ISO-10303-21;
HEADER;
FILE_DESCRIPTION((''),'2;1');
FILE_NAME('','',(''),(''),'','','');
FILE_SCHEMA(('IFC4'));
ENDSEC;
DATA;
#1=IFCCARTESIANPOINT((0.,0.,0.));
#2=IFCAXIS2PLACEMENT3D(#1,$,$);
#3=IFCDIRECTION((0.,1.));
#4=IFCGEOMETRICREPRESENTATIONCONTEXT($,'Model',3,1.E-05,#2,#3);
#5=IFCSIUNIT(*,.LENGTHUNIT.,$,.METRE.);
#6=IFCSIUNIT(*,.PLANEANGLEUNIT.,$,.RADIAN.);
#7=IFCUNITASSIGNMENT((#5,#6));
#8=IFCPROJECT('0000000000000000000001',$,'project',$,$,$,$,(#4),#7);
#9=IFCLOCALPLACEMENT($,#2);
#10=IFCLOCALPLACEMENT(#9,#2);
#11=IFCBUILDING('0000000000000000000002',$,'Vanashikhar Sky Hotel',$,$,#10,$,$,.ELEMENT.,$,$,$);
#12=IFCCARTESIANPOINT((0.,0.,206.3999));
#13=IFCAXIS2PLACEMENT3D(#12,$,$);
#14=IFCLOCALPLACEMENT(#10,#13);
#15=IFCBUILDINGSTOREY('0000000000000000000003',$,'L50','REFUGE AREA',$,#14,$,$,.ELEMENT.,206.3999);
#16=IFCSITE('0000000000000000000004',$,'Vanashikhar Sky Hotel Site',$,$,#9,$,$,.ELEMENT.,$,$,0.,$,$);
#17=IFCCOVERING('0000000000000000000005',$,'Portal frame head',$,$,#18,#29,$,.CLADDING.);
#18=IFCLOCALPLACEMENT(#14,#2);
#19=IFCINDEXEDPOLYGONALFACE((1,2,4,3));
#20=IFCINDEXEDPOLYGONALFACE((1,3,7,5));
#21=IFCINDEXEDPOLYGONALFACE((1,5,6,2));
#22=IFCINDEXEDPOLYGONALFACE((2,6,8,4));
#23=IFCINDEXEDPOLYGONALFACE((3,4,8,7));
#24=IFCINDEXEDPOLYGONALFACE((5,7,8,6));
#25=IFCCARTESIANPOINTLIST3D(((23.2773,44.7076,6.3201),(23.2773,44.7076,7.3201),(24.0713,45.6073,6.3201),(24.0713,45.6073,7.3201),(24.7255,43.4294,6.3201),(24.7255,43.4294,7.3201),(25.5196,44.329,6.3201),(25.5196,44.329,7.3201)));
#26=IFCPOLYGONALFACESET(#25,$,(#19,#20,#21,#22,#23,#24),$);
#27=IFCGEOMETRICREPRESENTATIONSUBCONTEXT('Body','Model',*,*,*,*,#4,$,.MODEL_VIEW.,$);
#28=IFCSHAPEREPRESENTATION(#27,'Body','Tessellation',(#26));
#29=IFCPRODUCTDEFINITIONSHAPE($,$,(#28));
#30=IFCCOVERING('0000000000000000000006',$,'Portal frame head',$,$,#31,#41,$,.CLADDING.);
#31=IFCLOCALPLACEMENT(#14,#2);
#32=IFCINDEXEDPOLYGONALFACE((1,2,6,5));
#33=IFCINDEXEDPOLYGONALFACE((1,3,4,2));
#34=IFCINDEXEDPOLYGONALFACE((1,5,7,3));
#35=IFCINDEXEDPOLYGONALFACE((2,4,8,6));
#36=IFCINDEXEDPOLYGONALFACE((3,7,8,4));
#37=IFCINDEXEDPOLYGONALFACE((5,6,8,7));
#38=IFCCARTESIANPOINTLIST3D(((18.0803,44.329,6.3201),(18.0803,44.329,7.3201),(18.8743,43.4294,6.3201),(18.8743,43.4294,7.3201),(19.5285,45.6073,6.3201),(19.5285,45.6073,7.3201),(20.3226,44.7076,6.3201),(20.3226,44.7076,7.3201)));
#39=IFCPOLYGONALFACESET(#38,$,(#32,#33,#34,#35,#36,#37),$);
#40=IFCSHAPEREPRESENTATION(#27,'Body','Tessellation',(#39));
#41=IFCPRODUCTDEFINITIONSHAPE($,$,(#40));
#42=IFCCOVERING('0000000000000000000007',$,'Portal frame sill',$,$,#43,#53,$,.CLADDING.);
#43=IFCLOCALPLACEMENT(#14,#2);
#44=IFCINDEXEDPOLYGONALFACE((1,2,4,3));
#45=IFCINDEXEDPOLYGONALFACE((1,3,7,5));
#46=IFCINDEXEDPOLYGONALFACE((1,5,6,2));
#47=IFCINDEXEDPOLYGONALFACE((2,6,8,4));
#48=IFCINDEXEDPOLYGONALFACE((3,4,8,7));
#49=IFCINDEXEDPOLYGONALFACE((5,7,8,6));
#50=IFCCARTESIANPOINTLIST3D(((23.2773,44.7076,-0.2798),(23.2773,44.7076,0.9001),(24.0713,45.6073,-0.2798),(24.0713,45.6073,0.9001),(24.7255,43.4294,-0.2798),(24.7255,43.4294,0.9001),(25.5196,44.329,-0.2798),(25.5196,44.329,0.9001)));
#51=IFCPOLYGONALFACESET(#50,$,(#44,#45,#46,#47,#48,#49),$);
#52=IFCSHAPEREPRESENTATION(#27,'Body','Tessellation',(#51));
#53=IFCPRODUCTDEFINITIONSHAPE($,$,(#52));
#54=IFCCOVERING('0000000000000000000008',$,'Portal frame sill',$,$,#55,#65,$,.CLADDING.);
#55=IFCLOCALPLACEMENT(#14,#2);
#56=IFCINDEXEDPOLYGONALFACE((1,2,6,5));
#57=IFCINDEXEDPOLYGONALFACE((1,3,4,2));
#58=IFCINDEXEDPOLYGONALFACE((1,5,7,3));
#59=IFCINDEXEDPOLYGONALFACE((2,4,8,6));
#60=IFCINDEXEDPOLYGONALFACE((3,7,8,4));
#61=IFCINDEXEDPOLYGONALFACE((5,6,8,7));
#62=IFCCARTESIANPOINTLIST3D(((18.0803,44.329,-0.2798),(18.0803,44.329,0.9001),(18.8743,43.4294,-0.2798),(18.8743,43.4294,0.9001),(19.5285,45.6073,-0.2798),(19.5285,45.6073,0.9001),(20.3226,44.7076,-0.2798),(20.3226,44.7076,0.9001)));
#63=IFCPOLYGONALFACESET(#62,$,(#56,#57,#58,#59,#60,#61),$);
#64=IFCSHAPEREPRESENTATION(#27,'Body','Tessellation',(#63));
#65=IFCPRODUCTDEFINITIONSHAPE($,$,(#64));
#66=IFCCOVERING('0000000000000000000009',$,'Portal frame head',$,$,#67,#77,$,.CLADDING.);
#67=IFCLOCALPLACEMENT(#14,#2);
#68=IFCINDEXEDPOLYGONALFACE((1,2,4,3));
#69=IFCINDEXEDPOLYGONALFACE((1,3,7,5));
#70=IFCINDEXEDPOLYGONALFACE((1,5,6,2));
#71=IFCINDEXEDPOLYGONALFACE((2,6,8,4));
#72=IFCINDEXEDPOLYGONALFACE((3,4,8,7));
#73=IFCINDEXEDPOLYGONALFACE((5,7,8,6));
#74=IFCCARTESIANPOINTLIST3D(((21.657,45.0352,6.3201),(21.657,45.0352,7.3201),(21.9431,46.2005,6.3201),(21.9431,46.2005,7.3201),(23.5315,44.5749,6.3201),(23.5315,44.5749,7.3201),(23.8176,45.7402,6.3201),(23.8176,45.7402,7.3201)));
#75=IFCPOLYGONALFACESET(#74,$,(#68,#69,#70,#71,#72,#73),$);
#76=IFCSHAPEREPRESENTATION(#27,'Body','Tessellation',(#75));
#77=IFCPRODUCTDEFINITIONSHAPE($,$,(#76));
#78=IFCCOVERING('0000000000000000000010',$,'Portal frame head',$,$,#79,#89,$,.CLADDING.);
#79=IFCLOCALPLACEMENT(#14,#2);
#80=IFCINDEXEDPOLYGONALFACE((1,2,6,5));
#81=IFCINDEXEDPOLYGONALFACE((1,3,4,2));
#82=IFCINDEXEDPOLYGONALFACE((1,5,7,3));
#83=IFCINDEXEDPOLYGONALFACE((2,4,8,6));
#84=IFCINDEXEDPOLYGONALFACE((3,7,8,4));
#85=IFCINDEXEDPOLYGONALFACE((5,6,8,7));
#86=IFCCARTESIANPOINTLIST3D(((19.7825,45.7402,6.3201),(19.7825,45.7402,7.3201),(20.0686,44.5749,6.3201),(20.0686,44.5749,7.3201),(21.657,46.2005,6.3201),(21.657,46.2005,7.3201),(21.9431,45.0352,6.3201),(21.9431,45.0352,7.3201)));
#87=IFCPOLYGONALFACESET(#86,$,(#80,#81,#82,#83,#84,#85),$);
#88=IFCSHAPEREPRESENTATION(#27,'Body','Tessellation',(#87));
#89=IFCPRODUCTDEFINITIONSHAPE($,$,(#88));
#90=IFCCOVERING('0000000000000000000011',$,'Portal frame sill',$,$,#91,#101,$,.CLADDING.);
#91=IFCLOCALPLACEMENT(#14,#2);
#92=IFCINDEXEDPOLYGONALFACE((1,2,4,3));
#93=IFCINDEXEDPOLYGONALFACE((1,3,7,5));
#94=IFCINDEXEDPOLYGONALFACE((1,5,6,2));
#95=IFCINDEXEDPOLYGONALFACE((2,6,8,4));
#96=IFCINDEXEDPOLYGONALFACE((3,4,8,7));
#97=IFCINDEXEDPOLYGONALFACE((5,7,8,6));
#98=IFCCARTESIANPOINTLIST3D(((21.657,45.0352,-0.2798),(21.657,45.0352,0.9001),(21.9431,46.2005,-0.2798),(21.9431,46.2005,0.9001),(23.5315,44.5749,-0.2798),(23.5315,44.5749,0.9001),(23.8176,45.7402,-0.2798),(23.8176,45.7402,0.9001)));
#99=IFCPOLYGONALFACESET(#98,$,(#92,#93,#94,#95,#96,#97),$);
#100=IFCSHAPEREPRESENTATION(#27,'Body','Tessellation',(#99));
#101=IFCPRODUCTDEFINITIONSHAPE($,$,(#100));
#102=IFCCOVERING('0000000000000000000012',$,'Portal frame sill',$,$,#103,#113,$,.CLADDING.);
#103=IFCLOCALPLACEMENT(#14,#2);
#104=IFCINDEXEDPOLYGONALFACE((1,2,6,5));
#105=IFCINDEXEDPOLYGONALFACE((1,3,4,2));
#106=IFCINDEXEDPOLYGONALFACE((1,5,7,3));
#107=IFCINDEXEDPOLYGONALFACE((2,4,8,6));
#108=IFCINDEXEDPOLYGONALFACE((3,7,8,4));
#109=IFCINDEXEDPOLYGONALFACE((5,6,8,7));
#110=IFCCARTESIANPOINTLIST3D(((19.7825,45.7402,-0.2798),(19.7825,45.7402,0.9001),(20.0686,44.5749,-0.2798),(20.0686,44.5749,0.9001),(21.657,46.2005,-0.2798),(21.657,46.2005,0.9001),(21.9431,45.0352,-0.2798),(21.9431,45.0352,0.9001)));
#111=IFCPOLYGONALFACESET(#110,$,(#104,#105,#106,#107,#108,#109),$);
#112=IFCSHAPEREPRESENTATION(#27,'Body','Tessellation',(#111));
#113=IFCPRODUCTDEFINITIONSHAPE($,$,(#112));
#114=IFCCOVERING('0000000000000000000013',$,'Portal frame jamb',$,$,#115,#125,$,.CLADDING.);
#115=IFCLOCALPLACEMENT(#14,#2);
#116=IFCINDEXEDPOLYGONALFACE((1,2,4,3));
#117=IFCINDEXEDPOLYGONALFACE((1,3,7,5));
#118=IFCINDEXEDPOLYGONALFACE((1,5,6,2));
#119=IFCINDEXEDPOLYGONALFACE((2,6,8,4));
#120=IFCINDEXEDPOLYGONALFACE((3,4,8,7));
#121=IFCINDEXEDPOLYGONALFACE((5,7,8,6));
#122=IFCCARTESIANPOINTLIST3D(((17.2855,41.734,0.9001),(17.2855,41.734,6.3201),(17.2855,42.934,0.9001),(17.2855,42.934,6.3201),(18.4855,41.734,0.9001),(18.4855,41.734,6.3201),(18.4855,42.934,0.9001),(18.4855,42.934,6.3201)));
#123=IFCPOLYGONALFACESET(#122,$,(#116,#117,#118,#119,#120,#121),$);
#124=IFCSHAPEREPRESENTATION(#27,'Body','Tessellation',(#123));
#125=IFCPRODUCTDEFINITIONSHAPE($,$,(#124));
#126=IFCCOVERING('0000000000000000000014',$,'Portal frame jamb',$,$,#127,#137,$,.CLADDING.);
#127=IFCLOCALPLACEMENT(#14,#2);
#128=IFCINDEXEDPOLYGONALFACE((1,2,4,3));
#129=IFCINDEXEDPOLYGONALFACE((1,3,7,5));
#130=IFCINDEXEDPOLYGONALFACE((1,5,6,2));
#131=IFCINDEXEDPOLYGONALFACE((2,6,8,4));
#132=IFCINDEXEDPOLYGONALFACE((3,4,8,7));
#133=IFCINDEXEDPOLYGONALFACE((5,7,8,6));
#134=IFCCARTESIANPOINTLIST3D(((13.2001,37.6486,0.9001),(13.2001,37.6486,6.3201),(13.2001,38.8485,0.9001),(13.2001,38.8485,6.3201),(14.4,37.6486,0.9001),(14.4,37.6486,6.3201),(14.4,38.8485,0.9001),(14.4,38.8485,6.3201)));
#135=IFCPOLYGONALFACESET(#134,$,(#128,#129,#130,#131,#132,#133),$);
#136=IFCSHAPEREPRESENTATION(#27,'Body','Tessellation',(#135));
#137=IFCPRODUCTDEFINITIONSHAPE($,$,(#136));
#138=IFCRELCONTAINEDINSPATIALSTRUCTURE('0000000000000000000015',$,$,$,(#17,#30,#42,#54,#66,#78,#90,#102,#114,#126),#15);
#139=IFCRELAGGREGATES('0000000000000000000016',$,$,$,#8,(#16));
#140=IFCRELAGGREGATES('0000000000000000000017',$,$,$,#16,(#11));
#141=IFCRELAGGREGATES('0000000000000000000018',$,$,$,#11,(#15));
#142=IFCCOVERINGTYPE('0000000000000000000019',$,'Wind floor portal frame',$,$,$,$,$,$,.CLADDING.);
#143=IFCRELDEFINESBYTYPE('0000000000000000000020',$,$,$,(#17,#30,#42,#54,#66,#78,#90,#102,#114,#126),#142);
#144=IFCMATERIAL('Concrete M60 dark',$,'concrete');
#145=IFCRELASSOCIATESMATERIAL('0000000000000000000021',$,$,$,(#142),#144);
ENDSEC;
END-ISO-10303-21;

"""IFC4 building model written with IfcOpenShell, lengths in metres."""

from ifc_helpers import new_model, si_unit, direction, frame, origin, origin_2d, place, context, subcontext, project, spatial, rectangle, extrude, source, transform, mapped, material, type_object, element, save


model = new_model("IFC4")

# Units and contexts
model_context = context("Model", 3, precision=1e-05, world=origin(), true_north=direction((0.0, 1.0)))
body_context = subcontext(model_context, "Body", "Model", "MODEL_VIEW")
ifc_project = project(units=[si_unit("LENGTHUNIT", "METRE"), si_unit("PLANEANGLEUNIT", "RADIAN")], contexts=[model_context])

# Site, building, storey
site_placement = place(None, origin())
site = spatial("IfcSite", under=ifc_project, at=site_placement, Name="Vanashikhar Sky Hotel Site", CompositionType="ELEMENT", RefElevation=0.0)
building_placement = place(site_placement, origin())
building = spatial("IfcBuilding", under=site, at=building_placement, Name="Vanashikhar Sky Hotel", CompositionType="ELEMENT")
storey_placement = place(building_placement, frame((0.0, 0.0, 206.3999)))
storey = spatial("IfcBuildingStorey", under=building, at=storey_placement, Name="L50", Description="REFUGE AREA", CompositionType="ELEMENT", Elevation=206.3999)

# Coverings
ifc_material_1 = material(Name="Concrete M60 dark", Category="concrete")
covering_type = type_object("IfcCoveringType", Name="Wind floor portal frame", PredefinedType="CLADDING", material=ifc_material_1)
shared_shape_1 = source(origin(), body_context, "Body", "SweptSolid", [
    extrude(rectangle(XDim=1.9316, YDim=1.2, at=origin_2d()), origin(), (0.0, 0.0, 1.0), 1.0),
])
for number, where, z_axis, x_axis, name in (
    (1, (24.3984, 44.5183, 6.3201), (0.0, 0.0, 1.0), (-0.749742, 0.661731, 0.0), "Portal frame head"),
    (2, (19.2014, 44.5183, 6.3201), (0.0, 0.0, 1.0), (-0.749742, -0.661731, 0.0), "Portal frame head"),
):
    element("IfcCovering", number, at=place(storey_placement, frame(where, z_axis=z_axis, x_axis=x_axis)), inside=storey, type_object=covering_type, Name=name, PredefinedType="CLADDING", context=body_context, shape_type="MappedRepresentation", body=[
        mapped(shared_shape_1, transform((0.0, 0.0, 0.0), scale=1.0)),
    ])
shared_shape_2 = source(origin(), body_context, "Body", "SweptSolid", [
    extrude(rectangle(XDim=1.9316, YDim=1.2, at=origin_2d()), origin(), (0.0, 0.0, 1.0), 1.1799),
])
for number, where, z_axis, x_axis, name in (
    (3, (24.3984, 44.5183, -0.2798), (0.0, 0.0, 1.0), (-0.749742, 0.661731, 0.0), "Portal frame sill"),
    (4, (19.2014, 44.5183, -0.2798), (0.0, 0.0, 1.0), (-0.749742, -0.661731, 0.0), "Portal frame sill"),
):
    element("IfcCovering", number, at=place(storey_placement, frame(where, z_axis=z_axis, x_axis=x_axis)), inside=storey, type_object=covering_type, Name=name, PredefinedType="CLADDING", context=body_context, shape_type="MappedRepresentation", body=[
        mapped(shared_shape_2, transform((0.0, 0.0, 0.0), scale=1.0)),
    ])
shared_shape_3 = source(origin(), body_context, "Body", "SweptSolid", [
    extrude(rectangle(XDim=1.9302, YDim=1.2, at=origin_2d()), origin(), (0.0, 0.0, 1.0), 1.0),
])
for number, where, z_axis, x_axis, name in (
    (5, (22.7373, 45.3877, 6.3201), (0.0, 0.0, 1.0), (-0.971147, 0.238483, 0.0), "Portal frame head"),
    (6, (20.8628, 45.3877, 6.3201), (0.0, 0.0, 1.0), (-0.971147, -0.238483, 0.0), "Portal frame head"),
):
    element("IfcCovering", number, at=place(storey_placement, frame(where, z_axis=z_axis, x_axis=x_axis)), inside=storey, type_object=covering_type, Name=name, PredefinedType="CLADDING", context=body_context, shape_type="MappedRepresentation", body=[
        mapped(shared_shape_3, transform((0.0, 0.0, 0.0), scale=1.0)),
    ])
shared_shape_4 = source(origin(), body_context, "Body", "SweptSolid", [
    extrude(rectangle(XDim=1.9302, YDim=1.2, at=origin_2d()), origin(), (0.0, 0.0, 1.0), 1.1799),
])
for number, where, z_axis, x_axis, name in (
    (7, (22.7373, 45.3877, -0.2798), (0.0, 0.0, 1.0), (-0.971147, 0.238483, 0.0), "Portal frame sill"),
    (8, (20.8628, 45.3877, -0.2798), (0.0, 0.0, 1.0), (-0.971147, -0.238483, 0.0), "Portal frame sill"),
):
    element("IfcCovering", number, at=place(storey_placement, frame(where, z_axis=z_axis, x_axis=x_axis)), inside=storey, type_object=covering_type, Name=name, PredefinedType="CLADDING", context=body_context, shape_type="MappedRepresentation", body=[
        mapped(shared_shape_4, transform((0.0, 0.0, 0.0), scale=1.0)),
    ])
shared_shape_5 = source(origin(), body_context, "Body", "SweptSolid", [
    extrude(rectangle(XDim=1.2, YDim=1.2, at=origin_2d()), origin(), (0.0, 0.0, 1.0), 5.4199),
])
for number, where, z_axis, x_axis, name in (
    (9, (17.8855, 42.334, 0.9001), (0.0, 0.0, 1.0), (1.0, 0.0, 0.0), "Portal frame jamb"),
    (10, (13.8, 38.2485, 0.9001), (0.0, 0.0, 1.0), (1.0, 0.0, 0.0), "Portal frame jamb"),
):
    element("IfcCovering", number, at=place(storey_placement, frame(where, z_axis=z_axis, x_axis=x_axis)), inside=storey, type_object=covering_type, Name=name, PredefinedType="CLADDING", context=body_context, shape_type="MappedRepresentation", body=[
        mapped(shared_shape_5, transform((0.0, 0.0, 0.0), scale=1.0)),
    ])

save(model, "model.ifc")
